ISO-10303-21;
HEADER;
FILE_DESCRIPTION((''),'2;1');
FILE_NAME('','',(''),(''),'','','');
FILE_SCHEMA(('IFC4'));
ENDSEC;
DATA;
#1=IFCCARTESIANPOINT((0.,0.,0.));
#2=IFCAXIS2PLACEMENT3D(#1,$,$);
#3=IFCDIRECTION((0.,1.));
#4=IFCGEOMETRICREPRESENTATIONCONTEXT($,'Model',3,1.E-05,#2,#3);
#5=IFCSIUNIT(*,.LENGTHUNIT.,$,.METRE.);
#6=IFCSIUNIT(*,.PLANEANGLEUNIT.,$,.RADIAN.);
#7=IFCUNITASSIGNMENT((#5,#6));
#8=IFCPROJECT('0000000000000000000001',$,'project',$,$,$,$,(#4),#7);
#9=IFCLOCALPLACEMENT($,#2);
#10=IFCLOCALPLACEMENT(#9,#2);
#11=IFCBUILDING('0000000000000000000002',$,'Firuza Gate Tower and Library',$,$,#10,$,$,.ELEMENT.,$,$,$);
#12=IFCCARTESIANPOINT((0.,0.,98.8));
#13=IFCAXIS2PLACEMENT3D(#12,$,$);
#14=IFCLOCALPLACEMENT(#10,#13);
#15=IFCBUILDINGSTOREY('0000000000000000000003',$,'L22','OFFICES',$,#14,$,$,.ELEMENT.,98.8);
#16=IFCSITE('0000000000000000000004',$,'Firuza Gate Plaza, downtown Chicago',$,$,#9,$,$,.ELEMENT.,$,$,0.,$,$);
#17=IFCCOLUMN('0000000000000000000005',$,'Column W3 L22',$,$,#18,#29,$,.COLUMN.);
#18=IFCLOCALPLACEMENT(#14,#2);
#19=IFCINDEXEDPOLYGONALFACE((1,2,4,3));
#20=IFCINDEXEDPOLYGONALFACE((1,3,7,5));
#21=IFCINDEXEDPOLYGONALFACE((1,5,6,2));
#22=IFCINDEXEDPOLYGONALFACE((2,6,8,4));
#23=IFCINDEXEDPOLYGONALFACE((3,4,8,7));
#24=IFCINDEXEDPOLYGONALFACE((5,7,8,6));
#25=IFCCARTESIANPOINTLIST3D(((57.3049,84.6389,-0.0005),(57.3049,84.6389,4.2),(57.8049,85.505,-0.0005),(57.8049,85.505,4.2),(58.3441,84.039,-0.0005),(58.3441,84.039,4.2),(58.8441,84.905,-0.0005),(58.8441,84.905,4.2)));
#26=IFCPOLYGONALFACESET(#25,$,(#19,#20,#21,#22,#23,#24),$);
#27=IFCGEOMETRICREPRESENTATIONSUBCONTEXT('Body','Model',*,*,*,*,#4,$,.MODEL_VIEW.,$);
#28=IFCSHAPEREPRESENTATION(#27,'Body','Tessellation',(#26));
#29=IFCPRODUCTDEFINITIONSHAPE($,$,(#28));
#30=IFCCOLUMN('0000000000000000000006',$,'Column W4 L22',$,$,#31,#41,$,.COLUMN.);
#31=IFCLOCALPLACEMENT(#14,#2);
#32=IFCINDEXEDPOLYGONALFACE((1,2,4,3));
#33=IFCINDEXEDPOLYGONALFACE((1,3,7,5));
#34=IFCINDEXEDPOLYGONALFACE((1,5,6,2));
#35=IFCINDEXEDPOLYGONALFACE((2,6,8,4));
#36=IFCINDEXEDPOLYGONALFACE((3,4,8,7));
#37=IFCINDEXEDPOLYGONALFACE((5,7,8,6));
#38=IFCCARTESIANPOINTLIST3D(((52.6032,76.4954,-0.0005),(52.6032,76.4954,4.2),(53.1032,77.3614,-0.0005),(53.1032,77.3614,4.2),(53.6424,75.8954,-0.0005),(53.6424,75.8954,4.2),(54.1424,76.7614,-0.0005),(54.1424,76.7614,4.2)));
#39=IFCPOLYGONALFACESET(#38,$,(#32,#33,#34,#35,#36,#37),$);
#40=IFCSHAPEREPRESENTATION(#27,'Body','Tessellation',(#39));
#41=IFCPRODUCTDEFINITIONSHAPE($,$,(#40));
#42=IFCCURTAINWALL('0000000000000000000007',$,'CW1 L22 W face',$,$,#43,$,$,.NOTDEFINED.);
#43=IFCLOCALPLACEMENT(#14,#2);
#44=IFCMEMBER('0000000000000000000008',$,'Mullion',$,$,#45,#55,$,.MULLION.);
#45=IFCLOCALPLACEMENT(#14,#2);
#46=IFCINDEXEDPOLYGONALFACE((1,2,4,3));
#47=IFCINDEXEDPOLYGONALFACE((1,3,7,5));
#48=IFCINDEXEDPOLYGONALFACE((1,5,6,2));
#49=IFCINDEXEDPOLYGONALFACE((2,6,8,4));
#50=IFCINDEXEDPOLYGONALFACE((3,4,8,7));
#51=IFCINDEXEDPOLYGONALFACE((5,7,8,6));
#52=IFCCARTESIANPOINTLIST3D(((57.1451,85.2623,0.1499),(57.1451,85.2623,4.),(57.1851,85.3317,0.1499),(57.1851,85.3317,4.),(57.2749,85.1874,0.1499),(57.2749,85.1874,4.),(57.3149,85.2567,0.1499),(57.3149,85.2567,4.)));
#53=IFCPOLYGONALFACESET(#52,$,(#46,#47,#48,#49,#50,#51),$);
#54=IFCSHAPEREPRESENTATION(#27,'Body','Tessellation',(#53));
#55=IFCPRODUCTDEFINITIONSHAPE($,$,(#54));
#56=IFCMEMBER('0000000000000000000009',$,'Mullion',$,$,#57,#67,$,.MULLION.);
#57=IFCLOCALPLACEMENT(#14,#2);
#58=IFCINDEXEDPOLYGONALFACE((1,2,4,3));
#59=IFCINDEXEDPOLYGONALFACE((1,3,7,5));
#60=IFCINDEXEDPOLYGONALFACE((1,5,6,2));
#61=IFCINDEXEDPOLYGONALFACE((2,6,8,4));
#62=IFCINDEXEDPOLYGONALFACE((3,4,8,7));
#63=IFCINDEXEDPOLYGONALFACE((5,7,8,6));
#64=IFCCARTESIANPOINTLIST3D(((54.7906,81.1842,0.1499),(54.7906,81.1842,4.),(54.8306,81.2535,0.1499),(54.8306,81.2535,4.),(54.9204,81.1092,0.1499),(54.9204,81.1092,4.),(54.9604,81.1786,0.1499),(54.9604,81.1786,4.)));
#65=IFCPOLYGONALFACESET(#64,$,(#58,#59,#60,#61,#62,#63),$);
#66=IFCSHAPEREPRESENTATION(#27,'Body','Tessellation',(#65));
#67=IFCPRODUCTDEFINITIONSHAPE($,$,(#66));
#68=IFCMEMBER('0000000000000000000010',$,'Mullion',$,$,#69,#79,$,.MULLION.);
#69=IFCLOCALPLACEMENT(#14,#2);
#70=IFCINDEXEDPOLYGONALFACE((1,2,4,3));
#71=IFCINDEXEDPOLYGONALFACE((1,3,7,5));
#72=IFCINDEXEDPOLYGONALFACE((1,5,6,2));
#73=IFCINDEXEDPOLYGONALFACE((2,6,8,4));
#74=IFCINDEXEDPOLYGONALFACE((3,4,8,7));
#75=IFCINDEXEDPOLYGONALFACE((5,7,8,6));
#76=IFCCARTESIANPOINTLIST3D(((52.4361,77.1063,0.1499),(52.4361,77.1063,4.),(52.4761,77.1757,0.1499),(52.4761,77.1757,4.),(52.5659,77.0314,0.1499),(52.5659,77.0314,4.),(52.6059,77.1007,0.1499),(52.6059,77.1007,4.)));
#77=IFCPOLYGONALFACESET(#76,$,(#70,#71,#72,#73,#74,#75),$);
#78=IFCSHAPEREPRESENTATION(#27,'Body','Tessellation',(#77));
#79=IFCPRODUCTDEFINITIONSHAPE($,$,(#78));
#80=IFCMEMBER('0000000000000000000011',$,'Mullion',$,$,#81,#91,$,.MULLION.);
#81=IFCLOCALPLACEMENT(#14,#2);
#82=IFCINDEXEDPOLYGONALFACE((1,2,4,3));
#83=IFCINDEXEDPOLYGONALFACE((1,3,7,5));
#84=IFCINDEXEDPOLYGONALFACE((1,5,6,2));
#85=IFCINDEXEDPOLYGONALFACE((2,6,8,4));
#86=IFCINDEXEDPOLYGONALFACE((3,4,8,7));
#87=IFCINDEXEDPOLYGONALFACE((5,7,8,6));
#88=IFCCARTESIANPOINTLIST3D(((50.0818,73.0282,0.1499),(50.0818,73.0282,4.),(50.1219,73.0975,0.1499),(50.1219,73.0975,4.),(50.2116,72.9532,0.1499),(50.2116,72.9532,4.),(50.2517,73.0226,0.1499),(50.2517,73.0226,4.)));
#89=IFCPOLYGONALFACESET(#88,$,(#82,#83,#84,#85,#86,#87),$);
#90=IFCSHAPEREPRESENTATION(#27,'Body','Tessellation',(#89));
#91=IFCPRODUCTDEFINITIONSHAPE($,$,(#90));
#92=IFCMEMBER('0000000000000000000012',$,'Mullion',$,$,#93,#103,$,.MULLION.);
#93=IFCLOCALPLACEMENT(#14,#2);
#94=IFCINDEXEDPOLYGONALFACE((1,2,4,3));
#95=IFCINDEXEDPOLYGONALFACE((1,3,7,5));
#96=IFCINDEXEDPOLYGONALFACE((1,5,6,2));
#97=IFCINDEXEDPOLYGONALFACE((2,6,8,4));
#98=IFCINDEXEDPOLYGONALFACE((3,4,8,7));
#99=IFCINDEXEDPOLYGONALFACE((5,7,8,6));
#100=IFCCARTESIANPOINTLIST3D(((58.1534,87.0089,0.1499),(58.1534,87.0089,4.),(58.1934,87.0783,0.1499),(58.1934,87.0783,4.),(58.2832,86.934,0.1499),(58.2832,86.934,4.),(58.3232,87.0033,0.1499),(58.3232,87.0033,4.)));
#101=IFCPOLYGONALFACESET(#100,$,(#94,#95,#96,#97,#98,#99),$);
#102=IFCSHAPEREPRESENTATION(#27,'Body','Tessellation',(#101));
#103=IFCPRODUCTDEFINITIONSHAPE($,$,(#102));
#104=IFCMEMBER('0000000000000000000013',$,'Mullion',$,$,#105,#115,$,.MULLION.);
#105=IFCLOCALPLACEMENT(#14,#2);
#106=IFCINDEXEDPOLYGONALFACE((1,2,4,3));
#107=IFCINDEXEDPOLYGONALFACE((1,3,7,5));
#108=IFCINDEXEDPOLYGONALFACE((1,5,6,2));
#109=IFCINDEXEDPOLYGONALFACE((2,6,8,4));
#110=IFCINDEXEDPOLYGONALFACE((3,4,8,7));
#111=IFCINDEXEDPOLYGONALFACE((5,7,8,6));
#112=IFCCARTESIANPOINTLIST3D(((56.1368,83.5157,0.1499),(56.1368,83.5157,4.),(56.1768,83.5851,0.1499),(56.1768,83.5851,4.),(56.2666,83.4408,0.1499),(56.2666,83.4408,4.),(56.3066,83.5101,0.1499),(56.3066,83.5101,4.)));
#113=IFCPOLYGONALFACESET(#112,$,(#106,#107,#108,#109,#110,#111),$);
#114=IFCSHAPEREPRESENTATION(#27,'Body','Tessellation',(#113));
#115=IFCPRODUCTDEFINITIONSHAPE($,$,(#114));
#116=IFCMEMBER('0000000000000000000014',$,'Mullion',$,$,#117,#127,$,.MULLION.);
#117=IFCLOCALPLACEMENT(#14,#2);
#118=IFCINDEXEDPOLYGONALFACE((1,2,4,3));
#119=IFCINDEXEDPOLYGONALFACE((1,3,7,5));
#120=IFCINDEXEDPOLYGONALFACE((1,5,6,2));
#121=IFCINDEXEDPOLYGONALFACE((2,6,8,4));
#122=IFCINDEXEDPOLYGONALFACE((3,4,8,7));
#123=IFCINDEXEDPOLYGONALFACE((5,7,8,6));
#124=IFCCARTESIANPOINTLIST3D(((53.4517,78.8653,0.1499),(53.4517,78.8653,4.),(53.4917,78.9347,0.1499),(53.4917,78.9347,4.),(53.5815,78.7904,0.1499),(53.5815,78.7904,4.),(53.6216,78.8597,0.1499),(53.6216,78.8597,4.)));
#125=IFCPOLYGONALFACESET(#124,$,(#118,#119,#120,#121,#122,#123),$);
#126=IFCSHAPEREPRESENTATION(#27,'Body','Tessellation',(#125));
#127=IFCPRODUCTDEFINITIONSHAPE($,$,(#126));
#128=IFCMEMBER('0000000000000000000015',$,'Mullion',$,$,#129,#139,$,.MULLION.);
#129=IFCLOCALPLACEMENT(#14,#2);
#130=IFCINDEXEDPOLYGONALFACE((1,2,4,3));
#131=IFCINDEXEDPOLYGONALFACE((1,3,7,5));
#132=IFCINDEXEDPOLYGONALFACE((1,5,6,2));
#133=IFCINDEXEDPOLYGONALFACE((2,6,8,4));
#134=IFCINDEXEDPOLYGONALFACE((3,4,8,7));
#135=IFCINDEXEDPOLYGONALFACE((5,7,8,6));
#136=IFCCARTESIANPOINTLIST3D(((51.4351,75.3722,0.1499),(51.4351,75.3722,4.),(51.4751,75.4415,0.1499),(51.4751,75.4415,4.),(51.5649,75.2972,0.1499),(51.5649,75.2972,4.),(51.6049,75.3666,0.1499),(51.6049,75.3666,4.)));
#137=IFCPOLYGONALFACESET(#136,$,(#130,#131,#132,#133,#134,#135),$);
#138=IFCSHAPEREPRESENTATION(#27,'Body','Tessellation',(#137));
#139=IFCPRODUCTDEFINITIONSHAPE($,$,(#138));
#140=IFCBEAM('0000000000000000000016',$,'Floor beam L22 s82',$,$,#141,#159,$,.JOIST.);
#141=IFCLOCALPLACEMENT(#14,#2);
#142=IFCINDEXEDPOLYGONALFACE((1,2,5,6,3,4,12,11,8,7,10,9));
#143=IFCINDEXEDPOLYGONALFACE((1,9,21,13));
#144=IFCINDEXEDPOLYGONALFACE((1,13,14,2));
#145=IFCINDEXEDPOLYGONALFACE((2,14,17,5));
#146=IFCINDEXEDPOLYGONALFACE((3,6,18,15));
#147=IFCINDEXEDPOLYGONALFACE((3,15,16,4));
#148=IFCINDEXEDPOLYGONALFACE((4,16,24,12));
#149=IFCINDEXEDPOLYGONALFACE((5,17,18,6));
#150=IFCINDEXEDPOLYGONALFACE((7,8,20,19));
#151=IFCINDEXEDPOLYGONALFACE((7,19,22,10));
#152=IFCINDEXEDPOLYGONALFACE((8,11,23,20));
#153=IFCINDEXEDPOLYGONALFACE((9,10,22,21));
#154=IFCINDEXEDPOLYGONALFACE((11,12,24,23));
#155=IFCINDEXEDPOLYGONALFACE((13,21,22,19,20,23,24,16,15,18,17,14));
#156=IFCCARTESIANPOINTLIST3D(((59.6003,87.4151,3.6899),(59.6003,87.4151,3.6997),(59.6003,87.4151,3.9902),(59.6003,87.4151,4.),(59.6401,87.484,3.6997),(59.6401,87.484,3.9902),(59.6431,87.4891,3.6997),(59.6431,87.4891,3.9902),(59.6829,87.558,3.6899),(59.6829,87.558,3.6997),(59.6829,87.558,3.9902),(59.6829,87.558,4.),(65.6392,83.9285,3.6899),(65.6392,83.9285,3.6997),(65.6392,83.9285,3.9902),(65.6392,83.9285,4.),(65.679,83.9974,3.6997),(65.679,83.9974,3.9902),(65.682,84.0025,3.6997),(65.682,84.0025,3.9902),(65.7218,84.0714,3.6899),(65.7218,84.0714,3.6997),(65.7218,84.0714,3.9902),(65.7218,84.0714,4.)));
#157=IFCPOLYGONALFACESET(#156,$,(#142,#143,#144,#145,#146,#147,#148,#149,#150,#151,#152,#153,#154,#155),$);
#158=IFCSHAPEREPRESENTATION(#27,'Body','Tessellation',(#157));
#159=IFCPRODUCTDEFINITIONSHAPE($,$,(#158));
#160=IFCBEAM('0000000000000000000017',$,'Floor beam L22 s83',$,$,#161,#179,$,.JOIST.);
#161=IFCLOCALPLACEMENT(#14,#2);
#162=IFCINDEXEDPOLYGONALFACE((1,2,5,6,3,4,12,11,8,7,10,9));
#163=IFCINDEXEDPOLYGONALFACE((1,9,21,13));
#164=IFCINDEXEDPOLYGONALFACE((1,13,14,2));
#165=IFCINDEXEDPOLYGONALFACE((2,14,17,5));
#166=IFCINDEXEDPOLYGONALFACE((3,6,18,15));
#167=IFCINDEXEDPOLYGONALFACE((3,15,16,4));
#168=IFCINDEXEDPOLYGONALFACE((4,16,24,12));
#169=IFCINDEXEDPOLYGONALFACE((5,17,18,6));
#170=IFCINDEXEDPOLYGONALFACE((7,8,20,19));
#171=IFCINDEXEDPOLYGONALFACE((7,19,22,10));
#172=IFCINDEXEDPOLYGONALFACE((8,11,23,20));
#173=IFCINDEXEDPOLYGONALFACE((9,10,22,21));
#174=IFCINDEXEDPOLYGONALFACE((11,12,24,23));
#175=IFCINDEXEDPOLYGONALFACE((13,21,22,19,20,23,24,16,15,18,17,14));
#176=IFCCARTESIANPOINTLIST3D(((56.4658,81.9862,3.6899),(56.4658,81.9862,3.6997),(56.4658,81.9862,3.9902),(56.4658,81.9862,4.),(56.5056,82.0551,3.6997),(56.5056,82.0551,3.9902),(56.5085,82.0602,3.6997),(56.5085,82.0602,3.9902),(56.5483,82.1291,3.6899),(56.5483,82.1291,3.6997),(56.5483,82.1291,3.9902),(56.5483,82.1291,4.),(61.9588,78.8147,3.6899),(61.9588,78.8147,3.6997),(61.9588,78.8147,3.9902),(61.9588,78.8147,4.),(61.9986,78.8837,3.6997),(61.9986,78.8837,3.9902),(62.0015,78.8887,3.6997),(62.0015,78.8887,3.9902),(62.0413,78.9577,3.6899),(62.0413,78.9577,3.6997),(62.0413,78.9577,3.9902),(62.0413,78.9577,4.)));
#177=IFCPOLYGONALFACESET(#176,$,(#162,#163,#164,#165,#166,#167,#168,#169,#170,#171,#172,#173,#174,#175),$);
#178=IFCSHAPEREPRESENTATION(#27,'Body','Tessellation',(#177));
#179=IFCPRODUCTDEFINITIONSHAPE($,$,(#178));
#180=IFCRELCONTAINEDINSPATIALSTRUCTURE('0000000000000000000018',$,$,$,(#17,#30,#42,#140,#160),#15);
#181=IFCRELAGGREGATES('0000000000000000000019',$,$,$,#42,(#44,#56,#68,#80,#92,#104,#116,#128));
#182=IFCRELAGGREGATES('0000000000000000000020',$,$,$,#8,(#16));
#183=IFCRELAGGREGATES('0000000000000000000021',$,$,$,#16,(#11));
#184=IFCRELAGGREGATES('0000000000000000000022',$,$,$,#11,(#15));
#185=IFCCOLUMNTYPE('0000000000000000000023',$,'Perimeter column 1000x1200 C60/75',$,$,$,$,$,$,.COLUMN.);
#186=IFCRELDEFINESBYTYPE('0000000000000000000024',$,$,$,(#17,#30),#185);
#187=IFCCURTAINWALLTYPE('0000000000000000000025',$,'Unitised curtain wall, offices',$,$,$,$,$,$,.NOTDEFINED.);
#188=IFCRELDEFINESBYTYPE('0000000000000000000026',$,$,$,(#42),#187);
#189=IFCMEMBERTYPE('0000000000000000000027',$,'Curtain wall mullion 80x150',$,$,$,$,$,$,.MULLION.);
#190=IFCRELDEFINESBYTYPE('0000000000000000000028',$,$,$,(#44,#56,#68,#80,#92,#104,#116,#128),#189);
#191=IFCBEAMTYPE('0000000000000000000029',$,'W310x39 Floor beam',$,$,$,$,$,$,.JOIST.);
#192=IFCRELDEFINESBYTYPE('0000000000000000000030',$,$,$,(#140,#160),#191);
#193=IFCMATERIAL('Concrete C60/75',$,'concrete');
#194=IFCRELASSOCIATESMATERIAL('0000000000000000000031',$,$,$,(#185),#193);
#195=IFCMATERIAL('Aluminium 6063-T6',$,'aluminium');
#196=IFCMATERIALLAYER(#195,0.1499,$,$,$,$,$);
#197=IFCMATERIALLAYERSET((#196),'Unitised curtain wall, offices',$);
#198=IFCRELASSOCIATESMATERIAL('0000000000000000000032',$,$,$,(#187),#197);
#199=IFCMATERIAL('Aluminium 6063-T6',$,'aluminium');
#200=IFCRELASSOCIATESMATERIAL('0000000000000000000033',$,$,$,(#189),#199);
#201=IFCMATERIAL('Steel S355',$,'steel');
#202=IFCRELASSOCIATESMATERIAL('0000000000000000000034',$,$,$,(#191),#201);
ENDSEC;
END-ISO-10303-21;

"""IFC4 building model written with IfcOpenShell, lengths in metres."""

from ifc_helpers import new_model, si_unit, direction, frame, origin, origin_2d, place, context, subcontext, project, spatial, rectangle, i_section, extrude, material, layer, layer_set, material_profile, profile_set, type_object, element, aggregate, save


model = new_model("IFC4")

# Units and contexts
model_context = context("Model", 3, precision=1e-05, world=origin(), true_north=direction((0.0, 1.0)))
body_context = subcontext(model_context, "Body", "Model", "MODEL_VIEW")
ifc_project = project(units=[si_unit("LENGTHUNIT", "METRE"), si_unit("PLANEANGLEUNIT", "RADIAN")], contexts=[model_context])

# Site, building, storey
site_placement = place(None, origin())
site = spatial("IfcSite", under=ifc_project, at=site_placement, Name="Firuza Gate Plaza, downtown Chicago", CompositionType="ELEMENT", RefElevation=0.0)
building_placement = place(site_placement, origin())
building = spatial("IfcBuilding", under=site, at=building_placement, Name="Firuza Gate Tower and Library", CompositionType="ELEMENT")
storey_placement = place(building_placement, frame((0.0, 0.0, 98.8)))
storey = spatial("IfcBuildingStorey", under=building, at=storey_placement, Name="L22", Description="OFFICES", CompositionType="ELEMENT", Elevation=98.8)

# Columns
ifc_material_1 = material(Name="Concrete C60/75", Category="concrete")
ifc_material_profile_1 = material_profile(ifc_material_1, rectangle(XDim=1.0, YDim=1.2, at=origin_2d()))
ifc_profile_set_1 = profile_set([ifc_material_profile_1], Name="Concrete C60/75")
column_type = type_object("IfcColumnType", Name="Perimeter column 1000x1200 C60/75", PredefinedType="COLUMN", material=ifc_profile_set_1)
for number, where, z_axis, x_axis, name in (
    (1, (58.0745, 84.772, -0.0005), (0.0, 0.0, 1.0), (-0.5, -0.866025, 0.0), "Column W3 L22"),
    (2, (53.3728, 76.6284, -0.0005), (0.0, 0.0, 1.0), (-0.5, -0.866025, 0.0), "Column W4 L22"),
):
    element("IfcColumn", number, at=place(storey_placement, frame(where, z_axis=z_axis, x_axis=x_axis)), inside=storey, type_object=column_type, Name=name, PredefinedType="COLUMN", context=body_context, shape_type="SweptSolid", body=[
        extrude(rectangle(XDim=1.0, YDim=1.2, at=origin_2d()), origin(), (0.0, 0.0, 1.0), 4.2004),
    ])

# Curtain wall, members
ifc_material_2 = material(Name="Aluminium 6063-T6", Category="aluminium")
ifc_layer_1 = layer(ifc_material_2, 0.1499)
ifc_layer_set_1 = layer_set([ifc_layer_1], Name="Unitised curtain wall, offices")
curtain_wall_type = type_object("IfcCurtainWallType", Name="Unitised curtain wall, offices", PredefinedType="NOTDEFINED", material=ifc_layer_set_1)
curtain_wall_placement = place(storey_placement, origin())
curtain_wall = element("IfcCurtainWall", 3, at=curtain_wall_placement, inside=storey, type_object=curtain_wall_type, Name="CW1 L22 W face", PredefinedType="NOTDEFINED")
ifc_material_3 = material(Name="Aluminium 6063-T6", Category="aluminium")
ifc_material_profile_2 = material_profile(ifc_material_3, rectangle(XDim=0.1499, YDim=0.0801, at=origin_2d()))
ifc_profile_set_2 = profile_set([ifc_material_profile_2], Name="Aluminium 6063-T6")
member_type = type_object("IfcMemberType", Name="Curtain wall mullion 80x150", PredefinedType="MULLION", material=ifc_profile_set_2)
member_1_placement = place(storey_placement, frame((57.23, 85.2595, 0.1499), z_axis=(0.0, 0.0, 1.0), x_axis=(0.866025, -0.5, 0.0)))
member_1 = element("IfcMember", 4, at=member_1_placement, type_object=member_type, Name="Mullion", PredefinedType="MULLION", context=body_context, shape_type="SweptSolid", body=[
    extrude(rectangle(XDim=0.1499, YDim=0.0801, at=origin_2d()), origin(), (0.0, 0.0, 1.0), 3.8501),
])
member_2_placement = place(storey_placement, frame((54.8755, 81.1814, 0.1499), z_axis=(0.0, 0.0, 1.0), x_axis=(0.866025, -0.5, 0.0)))
member_2 = element("IfcMember", 5, at=member_2_placement, type_object=member_type, Name="Mullion", PredefinedType="MULLION", context=body_context, shape_type="SweptSolid", body=[
    extrude(rectangle(XDim=0.1499, YDim=0.0801, at=origin_2d()), origin(), (0.0, 0.0, 1.0), 3.8501),
])
member_3_placement = place(storey_placement, frame((52.521, 77.1035, 0.1499), z_axis=(0.0, 0.0, 1.0), x_axis=(0.866025, -0.5, 0.0)))
member_3 = element("IfcMember", 6, at=member_3_placement, type_object=member_type, Name="Mullion", PredefinedType="MULLION", context=body_context, shape_type="SweptSolid", body=[
    extrude(rectangle(XDim=0.1499, YDim=0.0801, at=origin_2d()), origin(), (0.0, 0.0, 1.0), 3.8501),
])
member_4_placement = place(storey_placement, frame((50.1667, 73.0254, 0.1499), z_axis=(0.0, 0.0, 1.0), x_axis=(0.866025, -0.5, 0.0)))
member_4 = element("IfcMember", 7, at=member_4_placement, type_object=member_type, Name="Mullion", PredefinedType="MULLION", context=body_context, shape_type="SweptSolid", body=[
    extrude(rectangle(XDim=0.1499, YDim=0.0801, at=origin_2d()), origin(), (0.0, 0.0, 1.0), 3.8501),
])
member_5_placement = place(storey_placement, frame((58.2383, 87.0061, 0.1499), z_axis=(0.0, 0.0, 1.0), x_axis=(0.866025, -0.5, 0.0)))
member_5 = element("IfcMember", 8, at=member_5_placement, type_object=member_type, Name="Mullion", PredefinedType="MULLION", context=body_context, shape_type="SweptSolid", body=[
    extrude(rectangle(XDim=0.1499, YDim=0.0801, at=origin_2d()), origin(), (0.0, 0.0, 1.0), 3.8501),
])
member_6_placement = place(storey_placement, frame((56.2217, 83.5129, 0.1499), z_axis=(0.0, 0.0, 1.0), x_axis=(0.866025, -0.5, 0.0)))
member_6 = element("IfcMember", 9, at=member_6_placement, type_object=member_type, Name="Mullion", PredefinedType="MULLION", context=body_context, shape_type="SweptSolid", body=[
    extrude(rectangle(XDim=0.1499, YDim=0.0801, at=origin_2d()), origin(), (0.0, 0.0, 1.0), 3.8501),
])
member_7_placement = place(storey_placement, frame((53.5366, 78.8625, 0.1499), z_axis=(0.0, 0.0, 1.0), x_axis=(0.866025, -0.5, 0.0)))
member_7 = element("IfcMember", 10, at=member_7_placement, type_object=member_type, Name="Mullion", PredefinedType="MULLION", context=body_context, shape_type="SweptSolid", body=[
    extrude(rectangle(XDim=0.1499, YDim=0.0801, at=origin_2d()), origin(), (0.0, 0.0, 1.0), 3.8501),
])
member_8_placement = place(storey_placement, frame((51.52, 75.3694, 0.1499), z_axis=(0.0, 0.0, 1.0), x_axis=(0.866025, -0.5, 0.0)))
member_8 = element("IfcMember", 11, at=member_8_placement, type_object=member_type, Name="Mullion", PredefinedType="MULLION", context=body_context, shape_type="SweptSolid", body=[
    extrude(rectangle(XDim=0.1499, YDim=0.0801, at=origin_2d()), origin(), (0.0, 0.0, 1.0), 3.8501),
])

# Beams
ifc_material_4 = material(Name="Steel S355", Category="steel")
ifc_material_profile_3 = material_profile(ifc_material_4, i_section(OverallWidth=0.165, OverallDepth=0.3101, WebThickness=0.0059, FlangeThickness=0.0098, at=origin_2d()))
ifc_profile_set_3 = profile_set([ifc_material_profile_3], Name="Steel S355")
beam_type_1 = type_object("IfcBeamType", Name="W310x39 Floor beam", PredefinedType="JOIST", material=ifc_profile_set_3)
beam_1_placement = place(storey_placement, frame((59.6416, 87.4866, 3.845), z_axis=(0.866022, -0.500006, 0.0), x_axis=(0.500006, 0.866022, 0.0)))
element("IfcBeam", 12, at=beam_1_placement, inside=storey, type_object=beam_type_1, Name="Floor beam L22 s82", PredefinedType="JOIST", context=body_context, shape_type="SweptSolid", body=[
    extrude(i_section(OverallWidth=0.165, OverallDepth=0.3101, WebThickness=0.0059, FlangeThickness=0.0098, at=origin_2d()), origin(), (0.0, 0.0, 1.0), 6.9731),
])
beam_2_placement = place(storey_placement, frame((56.5071, 82.0576, 3.845), z_axis=(0.866022, -0.500006, 0.0), x_axis=(0.500006, 0.866022, 0.0)))
element("IfcBeam", 13, at=beam_2_placement, inside=storey, type_object=beam_type_1, Name="Floor beam L22 s83", PredefinedType="JOIST", context=body_context, shape_type="SweptSolid", body=[
    extrude(i_section(OverallWidth=0.165, OverallDepth=0.3101, WebThickness=0.0059, FlangeThickness=0.0098, at=origin_2d()), origin(), (0.0, 0.0, 1.0), 6.3428),
])

aggregate(curtain_wall, [member_1, member_2, member_3, member_4, member_5, member_6, member_7, member_8])

save(model, "model.ifc")
